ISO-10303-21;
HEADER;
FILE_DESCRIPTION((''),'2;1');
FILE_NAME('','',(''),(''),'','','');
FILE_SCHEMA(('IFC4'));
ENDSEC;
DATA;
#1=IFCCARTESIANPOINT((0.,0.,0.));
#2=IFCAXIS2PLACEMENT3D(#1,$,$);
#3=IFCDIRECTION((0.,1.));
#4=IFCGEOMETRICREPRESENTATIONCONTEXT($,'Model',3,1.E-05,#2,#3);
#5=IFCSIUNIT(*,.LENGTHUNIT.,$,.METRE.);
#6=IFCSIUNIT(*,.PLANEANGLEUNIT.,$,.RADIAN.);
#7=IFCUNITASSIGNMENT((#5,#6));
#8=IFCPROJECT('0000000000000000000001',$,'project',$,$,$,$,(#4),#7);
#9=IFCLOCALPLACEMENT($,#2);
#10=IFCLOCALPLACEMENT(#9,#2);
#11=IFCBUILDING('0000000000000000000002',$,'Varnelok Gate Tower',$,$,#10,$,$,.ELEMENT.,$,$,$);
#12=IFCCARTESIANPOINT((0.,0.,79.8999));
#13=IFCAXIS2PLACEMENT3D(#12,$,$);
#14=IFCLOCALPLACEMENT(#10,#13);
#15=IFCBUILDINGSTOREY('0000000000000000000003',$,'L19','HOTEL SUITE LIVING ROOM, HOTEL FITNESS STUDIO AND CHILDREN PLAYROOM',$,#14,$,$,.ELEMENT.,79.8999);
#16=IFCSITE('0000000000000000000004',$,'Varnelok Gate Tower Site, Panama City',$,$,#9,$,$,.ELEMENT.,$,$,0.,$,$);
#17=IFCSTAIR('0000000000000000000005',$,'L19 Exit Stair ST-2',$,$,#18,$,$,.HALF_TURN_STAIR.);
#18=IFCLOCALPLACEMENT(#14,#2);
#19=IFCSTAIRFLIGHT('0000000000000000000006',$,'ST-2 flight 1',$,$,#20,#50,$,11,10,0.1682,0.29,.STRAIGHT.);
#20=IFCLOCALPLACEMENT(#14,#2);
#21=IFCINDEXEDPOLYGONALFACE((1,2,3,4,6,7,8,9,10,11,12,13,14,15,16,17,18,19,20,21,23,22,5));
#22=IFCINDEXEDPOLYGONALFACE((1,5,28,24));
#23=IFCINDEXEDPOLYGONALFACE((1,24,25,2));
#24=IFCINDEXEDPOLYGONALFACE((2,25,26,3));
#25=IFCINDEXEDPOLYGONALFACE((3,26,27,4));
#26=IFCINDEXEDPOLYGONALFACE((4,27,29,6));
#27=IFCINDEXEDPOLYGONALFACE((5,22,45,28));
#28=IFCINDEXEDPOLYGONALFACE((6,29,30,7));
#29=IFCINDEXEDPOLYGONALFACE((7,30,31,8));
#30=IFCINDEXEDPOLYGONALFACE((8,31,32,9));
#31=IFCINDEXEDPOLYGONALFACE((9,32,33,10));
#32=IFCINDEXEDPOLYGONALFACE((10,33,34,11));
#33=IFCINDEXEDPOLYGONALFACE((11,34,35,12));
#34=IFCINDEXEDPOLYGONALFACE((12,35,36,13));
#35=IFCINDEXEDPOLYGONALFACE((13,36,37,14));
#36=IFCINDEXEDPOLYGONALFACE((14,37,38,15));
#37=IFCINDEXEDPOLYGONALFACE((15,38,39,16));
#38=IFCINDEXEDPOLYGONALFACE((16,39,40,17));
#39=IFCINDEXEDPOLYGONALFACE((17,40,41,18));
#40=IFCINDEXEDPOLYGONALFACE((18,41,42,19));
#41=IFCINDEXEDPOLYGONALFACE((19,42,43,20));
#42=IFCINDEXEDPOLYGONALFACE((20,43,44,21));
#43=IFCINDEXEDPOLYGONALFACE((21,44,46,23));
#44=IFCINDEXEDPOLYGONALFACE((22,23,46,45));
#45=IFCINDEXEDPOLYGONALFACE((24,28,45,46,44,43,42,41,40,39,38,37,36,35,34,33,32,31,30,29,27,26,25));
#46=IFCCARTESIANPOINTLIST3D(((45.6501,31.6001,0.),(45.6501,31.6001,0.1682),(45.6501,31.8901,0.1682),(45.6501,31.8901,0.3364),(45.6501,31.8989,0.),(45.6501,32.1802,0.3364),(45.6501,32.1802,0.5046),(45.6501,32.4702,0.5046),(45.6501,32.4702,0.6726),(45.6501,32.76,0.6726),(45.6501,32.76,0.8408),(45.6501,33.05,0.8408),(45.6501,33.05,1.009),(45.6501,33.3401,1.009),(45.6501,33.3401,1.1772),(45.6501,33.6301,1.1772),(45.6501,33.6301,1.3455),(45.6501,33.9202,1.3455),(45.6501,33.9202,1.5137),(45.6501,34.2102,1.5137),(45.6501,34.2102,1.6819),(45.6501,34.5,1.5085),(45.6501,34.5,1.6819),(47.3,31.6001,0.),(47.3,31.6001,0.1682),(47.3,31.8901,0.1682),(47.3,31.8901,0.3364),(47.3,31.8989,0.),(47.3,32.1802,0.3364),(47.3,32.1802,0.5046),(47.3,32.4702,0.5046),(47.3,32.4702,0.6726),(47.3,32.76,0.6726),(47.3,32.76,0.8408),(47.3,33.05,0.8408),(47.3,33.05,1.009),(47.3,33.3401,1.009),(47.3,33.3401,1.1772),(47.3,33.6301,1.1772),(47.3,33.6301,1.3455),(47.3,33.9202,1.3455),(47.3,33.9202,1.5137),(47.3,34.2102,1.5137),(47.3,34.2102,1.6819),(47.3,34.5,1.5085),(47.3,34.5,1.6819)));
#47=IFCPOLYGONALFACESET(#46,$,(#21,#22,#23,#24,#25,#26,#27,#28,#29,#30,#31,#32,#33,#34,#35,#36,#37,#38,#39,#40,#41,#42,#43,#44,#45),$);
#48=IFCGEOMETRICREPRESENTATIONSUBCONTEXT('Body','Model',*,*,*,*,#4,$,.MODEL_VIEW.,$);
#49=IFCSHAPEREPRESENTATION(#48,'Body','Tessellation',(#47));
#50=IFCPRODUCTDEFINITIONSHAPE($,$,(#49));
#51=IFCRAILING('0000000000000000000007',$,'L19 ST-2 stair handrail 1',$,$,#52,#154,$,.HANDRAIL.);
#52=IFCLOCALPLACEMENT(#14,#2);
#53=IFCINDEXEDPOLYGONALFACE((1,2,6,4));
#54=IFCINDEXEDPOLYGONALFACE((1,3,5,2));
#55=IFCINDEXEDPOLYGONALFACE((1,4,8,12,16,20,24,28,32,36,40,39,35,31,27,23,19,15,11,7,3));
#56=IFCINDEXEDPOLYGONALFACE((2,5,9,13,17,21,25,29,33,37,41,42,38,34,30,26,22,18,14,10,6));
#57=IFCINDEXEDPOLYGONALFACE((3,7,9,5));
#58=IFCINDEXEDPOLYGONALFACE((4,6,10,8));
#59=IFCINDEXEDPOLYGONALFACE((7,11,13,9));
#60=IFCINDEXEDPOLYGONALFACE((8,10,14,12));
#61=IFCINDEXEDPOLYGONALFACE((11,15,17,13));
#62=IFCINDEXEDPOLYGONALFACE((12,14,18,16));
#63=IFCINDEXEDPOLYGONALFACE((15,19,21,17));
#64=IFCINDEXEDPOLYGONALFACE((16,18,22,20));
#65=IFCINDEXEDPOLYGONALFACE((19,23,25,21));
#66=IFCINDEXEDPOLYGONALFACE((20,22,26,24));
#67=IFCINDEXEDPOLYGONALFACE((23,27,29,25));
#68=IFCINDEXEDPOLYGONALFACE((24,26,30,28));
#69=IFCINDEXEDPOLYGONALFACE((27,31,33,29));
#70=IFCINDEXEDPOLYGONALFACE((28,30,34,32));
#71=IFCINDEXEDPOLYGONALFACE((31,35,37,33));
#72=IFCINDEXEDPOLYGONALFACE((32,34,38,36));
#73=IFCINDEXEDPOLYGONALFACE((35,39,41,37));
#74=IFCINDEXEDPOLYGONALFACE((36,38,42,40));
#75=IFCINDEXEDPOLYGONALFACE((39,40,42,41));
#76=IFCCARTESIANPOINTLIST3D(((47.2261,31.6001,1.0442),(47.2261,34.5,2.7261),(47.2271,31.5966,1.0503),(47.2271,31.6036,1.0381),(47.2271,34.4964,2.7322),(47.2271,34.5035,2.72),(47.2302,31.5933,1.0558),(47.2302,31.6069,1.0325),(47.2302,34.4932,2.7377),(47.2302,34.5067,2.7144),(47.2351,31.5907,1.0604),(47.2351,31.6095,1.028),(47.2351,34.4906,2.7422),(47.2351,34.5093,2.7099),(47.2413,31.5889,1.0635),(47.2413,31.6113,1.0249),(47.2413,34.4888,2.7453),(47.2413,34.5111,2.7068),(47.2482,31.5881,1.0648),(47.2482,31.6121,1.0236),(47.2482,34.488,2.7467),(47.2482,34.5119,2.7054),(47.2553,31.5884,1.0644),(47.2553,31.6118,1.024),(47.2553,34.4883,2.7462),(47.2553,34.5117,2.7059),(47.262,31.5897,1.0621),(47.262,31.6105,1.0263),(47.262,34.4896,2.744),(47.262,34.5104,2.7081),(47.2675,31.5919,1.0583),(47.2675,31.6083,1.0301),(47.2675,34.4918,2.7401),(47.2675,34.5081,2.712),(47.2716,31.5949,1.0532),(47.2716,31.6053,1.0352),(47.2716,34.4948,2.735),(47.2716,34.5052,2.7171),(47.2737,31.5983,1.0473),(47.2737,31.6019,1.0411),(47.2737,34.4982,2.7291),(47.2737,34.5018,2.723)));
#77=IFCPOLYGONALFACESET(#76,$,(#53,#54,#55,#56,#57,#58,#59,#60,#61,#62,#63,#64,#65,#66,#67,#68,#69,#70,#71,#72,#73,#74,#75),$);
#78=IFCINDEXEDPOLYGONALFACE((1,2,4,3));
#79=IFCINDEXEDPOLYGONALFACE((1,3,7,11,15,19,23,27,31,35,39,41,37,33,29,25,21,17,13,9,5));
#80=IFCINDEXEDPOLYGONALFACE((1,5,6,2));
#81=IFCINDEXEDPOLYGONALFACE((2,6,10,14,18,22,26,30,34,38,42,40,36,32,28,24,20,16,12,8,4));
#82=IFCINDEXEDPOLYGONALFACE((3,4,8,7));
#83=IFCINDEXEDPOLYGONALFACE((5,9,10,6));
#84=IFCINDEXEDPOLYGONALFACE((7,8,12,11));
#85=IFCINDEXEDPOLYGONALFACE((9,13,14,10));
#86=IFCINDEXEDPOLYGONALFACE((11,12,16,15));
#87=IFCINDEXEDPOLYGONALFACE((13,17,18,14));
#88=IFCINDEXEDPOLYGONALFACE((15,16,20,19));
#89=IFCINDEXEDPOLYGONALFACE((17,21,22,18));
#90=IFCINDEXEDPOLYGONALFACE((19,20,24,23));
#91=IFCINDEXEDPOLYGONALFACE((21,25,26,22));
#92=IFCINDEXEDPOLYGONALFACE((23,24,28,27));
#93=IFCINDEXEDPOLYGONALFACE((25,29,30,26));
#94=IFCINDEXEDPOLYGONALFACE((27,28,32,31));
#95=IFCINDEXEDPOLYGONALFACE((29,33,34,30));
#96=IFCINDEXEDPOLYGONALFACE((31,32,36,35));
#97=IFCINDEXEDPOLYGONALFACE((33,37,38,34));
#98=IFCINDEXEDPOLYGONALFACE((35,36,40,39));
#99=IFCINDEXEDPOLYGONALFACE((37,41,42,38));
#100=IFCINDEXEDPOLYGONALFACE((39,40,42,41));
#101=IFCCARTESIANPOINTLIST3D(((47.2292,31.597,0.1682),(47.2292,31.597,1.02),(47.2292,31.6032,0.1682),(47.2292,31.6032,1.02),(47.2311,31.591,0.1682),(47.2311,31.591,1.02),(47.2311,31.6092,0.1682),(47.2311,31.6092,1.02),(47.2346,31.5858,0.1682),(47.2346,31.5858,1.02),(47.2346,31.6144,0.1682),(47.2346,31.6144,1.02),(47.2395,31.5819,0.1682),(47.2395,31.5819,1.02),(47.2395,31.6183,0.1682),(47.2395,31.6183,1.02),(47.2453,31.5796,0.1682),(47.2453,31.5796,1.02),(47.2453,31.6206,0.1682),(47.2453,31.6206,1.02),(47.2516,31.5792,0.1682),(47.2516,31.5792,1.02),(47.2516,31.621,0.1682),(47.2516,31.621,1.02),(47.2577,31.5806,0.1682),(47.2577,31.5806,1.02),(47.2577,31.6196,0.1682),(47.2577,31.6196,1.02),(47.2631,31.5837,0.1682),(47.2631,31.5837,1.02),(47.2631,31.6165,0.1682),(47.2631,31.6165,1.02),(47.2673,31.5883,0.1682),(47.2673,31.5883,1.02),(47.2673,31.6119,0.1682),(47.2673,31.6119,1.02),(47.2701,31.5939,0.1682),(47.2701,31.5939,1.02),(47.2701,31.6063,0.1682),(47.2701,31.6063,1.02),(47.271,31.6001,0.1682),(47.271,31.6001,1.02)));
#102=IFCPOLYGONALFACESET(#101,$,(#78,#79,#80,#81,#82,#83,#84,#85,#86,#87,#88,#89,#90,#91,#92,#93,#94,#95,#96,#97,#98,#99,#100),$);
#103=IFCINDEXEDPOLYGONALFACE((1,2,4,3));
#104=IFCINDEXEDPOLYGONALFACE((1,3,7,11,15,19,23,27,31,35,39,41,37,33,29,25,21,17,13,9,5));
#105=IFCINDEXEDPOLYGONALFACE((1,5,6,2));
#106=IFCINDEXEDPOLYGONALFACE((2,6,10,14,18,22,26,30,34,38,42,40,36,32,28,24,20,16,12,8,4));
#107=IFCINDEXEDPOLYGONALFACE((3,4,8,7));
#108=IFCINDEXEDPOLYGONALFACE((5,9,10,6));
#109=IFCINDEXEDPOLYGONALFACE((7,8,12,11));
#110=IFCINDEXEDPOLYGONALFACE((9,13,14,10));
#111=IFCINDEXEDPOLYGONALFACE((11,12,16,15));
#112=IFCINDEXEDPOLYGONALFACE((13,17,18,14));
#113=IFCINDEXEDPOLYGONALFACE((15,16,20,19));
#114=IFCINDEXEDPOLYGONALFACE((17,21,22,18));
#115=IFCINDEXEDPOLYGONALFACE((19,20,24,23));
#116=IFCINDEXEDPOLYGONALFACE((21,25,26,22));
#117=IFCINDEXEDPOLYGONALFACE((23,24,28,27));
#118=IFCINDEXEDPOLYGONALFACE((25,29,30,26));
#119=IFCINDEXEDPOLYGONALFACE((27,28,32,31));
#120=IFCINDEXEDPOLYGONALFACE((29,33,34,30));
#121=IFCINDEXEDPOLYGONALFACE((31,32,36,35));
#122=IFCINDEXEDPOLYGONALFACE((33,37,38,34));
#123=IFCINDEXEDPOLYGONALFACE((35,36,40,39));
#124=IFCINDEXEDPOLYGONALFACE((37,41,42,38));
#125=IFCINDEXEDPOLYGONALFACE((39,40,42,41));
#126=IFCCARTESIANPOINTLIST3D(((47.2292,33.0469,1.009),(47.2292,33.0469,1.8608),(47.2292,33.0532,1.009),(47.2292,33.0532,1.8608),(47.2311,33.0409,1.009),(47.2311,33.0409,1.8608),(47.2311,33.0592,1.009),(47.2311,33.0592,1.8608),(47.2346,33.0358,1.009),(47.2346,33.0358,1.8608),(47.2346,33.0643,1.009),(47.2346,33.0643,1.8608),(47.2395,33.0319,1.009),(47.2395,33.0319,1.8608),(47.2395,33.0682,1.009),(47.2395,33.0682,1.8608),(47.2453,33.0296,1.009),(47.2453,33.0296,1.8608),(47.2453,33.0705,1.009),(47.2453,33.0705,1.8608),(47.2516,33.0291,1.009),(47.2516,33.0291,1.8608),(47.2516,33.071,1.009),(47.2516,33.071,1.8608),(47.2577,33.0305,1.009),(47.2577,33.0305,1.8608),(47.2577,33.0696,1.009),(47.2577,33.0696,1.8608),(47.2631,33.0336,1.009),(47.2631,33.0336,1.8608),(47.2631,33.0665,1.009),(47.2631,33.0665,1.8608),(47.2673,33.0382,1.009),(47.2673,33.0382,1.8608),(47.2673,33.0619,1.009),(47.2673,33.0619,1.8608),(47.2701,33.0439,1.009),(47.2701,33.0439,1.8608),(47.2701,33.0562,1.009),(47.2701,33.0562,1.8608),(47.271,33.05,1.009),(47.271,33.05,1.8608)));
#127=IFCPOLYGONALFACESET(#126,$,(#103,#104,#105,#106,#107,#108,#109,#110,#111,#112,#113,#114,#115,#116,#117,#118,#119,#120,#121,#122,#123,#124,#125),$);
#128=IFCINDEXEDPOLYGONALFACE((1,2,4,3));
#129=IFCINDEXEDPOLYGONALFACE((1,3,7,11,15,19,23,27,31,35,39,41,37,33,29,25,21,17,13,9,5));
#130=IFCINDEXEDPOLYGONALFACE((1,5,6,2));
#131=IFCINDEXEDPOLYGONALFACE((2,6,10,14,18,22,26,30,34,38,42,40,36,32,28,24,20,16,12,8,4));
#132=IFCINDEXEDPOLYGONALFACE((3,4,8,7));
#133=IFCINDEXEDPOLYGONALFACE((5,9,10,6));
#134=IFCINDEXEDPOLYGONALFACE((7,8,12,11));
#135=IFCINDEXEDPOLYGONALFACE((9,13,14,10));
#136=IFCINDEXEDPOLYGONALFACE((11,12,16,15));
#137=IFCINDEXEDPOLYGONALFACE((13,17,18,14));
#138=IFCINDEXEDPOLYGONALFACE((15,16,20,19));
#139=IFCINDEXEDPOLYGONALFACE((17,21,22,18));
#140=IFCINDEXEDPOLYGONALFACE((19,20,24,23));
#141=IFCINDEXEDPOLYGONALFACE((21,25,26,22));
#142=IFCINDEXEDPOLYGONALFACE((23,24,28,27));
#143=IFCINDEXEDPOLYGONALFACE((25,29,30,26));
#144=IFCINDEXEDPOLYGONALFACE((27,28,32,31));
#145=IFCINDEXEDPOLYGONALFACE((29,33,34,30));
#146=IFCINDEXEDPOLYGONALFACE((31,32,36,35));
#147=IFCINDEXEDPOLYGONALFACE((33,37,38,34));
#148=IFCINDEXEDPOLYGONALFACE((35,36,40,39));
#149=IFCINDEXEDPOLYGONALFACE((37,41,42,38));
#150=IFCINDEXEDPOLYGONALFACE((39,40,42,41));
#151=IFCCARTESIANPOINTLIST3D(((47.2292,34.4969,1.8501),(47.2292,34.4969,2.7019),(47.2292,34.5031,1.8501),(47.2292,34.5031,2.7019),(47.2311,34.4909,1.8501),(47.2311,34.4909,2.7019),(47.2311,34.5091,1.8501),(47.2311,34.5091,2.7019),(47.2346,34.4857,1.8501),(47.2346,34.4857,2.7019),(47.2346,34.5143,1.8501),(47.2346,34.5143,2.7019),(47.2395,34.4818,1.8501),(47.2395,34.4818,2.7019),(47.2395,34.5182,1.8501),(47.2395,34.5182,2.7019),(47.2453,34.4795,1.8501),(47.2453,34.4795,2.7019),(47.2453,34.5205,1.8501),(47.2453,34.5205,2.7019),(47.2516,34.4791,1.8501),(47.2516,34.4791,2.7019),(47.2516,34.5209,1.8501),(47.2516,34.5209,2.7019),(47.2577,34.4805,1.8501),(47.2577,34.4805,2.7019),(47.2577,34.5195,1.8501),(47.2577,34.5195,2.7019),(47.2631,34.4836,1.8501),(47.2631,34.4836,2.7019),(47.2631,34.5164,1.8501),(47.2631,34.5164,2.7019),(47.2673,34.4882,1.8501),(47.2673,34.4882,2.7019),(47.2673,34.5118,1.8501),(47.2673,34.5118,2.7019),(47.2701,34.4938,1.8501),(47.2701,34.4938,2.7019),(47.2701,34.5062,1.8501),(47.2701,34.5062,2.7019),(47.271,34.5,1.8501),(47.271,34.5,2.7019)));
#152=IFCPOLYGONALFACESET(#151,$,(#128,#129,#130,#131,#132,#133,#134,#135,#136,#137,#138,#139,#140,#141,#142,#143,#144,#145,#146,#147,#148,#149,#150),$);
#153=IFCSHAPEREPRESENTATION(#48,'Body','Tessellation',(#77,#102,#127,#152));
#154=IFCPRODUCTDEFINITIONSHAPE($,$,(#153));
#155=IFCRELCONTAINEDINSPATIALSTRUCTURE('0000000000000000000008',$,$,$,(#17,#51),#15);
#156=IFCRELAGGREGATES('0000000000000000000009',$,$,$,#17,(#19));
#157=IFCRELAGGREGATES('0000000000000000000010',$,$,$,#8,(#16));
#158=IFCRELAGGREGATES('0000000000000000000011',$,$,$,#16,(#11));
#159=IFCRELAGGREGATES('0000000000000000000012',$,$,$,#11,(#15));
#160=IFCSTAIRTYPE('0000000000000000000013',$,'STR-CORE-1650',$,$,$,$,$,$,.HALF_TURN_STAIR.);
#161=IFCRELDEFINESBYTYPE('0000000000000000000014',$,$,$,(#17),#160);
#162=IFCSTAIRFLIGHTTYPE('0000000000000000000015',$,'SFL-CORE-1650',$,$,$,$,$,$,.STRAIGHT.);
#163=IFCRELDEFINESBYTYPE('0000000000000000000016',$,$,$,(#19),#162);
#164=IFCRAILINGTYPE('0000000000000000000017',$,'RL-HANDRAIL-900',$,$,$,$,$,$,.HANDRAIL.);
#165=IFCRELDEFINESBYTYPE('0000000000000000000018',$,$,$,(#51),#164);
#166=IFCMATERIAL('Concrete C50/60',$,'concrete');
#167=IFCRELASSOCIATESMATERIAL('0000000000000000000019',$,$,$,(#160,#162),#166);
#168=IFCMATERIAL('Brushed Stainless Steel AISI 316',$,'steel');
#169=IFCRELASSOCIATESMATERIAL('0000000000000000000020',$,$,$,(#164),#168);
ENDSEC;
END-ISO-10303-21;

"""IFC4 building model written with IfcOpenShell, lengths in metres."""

from ifc_helpers import new_model, si_unit, direction, frame, origin, origin_2d, place, context, subcontext, project, spatial, polyline, circle, outline, extrude, material, type_object, element, aggregate, save


model = new_model("IFC4")

# Units and contexts
model_context = context("Model", 3, precision=1e-05, world=origin(), true_north=direction((0.0, 1.0)))
body_context = subcontext(model_context, "Body", "Model", "MODEL_VIEW")
ifc_project = project(units=[si_unit("LENGTHUNIT", "METRE"), si_unit("PLANEANGLEUNIT", "RADIAN")], contexts=[model_context])

# Site, building, storey
site_placement = place(None, origin())
site = spatial("IfcSite", under=ifc_project, at=site_placement, Name="Varnelok Gate Tower Site, Panama City", CompositionType="ELEMENT", RefElevation=0.0)
building_placement = place(site_placement, origin())
building = spatial("IfcBuilding", under=site, at=building_placement, Name="Varnelok Gate Tower", CompositionType="ELEMENT")
storey_placement = place(building_placement, frame((0.0, 0.0, 79.8999)))
storey = spatial("IfcBuildingStorey", under=building, at=storey_placement, Name="L19", Description="HOTEL SUITE LIVING ROOM, HOTEL FITNESS STUDIO AND CHILDREN PLAYROOM", CompositionType="ELEMENT", Elevation=79.8999)

# Stair, stair flight
ifc_material_1 = material(Name="Concrete C50/60", Category="concrete")
stair_type = type_object("IfcStairType", Name="STR-CORE-1650", PredefinedType="HALF_TURN_STAIR", material=ifc_material_1)
stair_placement = place(storey_placement, origin())
stair = element("IfcStair", 1, at=stair_placement, inside=storey, type_object=stair_type, Name="L19 Exit Stair ST-2", PredefinedType="HALF_TURN_STAIR")
stair_flight_type = type_object("IfcStairFlightType", Name="SFL-CORE-1650", PredefinedType="STRAIGHT", material=ifc_material_1)
stair_flight_placement = place(storey_placement, frame((46.4751, 31.6001, 0.0), z_axis=(0.0, 0.0, 1.0), x_axis=(0.0, 1.0, 0.0)))
stair_flight = element("IfcStairFlight", 2, at=stair_flight_placement, type_object=stair_flight_type, Name="ST-2 flight 1", NumberOfRisers=11, NumberOfTreads=10, PredefinedType="STRAIGHT", RiserHeight=0.1682, TreadLength=0.29, context=body_context, shape_type="SweptSolid", body=[
    extrude(outline(polyline([(0.0, 0.0), (0.0, 0.1682), (0.29, 0.1682), (0.29, 0.3364), (0.5801, 0.3364), (0.5801, 0.5046), (0.8701, 0.5046), (0.8701, 0.6726), (1.1599, 0.6726), (1.1599, 0.8408), (1.45, 0.8408), (1.45, 1.009), (1.74, 1.009), (1.74, 1.1772), (2.03, 1.1772), (2.03, 1.3455), (2.3201, 1.3455), (2.3201, 1.5137), (2.6101, 1.5137), (2.6101, 1.6819), (2.8999, 1.6819), (2.8999, 1.8501), (2.8999, 1.5085), (0.2988, 0.0), (0.0, 0.0)])), frame((0.0, 0.825, 0.0), z_axis=(0.0, -1.0, 0.0), x_axis=(1.0, 0.0, 0.0)), (0.0, 0.0, 1.0), 1.6499),
])
aggregate(stair, [stair_flight])

# Railing
ifc_material_2 = material(Name="Brushed Stainless Steel AISI 316", Category="steel")
railing_type_1 = type_object("IfcRailingType", Name="RL-HANDRAIL-900", PredefinedType="HANDRAIL", material=ifc_material_2)
railing_1_placement = place(storey_placement, frame((47.25, 31.6001, 0.1682)))
element("IfcRailing", 3, at=railing_1_placement, inside=storey, type_object=railing_type_1, Name="L19 ST-2 stair handrail 1", PredefinedType="HANDRAIL", context=body_context, shape_type="SweptSolid", body=[
    extrude(circle(Radius=0.0239, at=origin_2d()), frame((0.0, 0.0, 0.876), z_axis=(0.0, 0.865039, 0.501705), x_axis=(-1.0, 0.0, 0.0)), (0.0, 0.0, 1.0), 3.3523),
    extrude(circle(Radius=0.021, at=origin_2d()), origin(), (0.0, 0.0, 1.0), 0.8518),
    extrude(circle(Radius=0.021, at=origin_2d()), frame((0.0, 1.45, 0.8408)), (0.0, 0.0, 1.0), 0.8518),
    extrude(circle(Radius=0.021, at=origin_2d()), frame((0.0, 2.8999, 1.6819)), (0.0, 0.0, 1.0), 0.8518),
])

save(model, "model.ifc")
